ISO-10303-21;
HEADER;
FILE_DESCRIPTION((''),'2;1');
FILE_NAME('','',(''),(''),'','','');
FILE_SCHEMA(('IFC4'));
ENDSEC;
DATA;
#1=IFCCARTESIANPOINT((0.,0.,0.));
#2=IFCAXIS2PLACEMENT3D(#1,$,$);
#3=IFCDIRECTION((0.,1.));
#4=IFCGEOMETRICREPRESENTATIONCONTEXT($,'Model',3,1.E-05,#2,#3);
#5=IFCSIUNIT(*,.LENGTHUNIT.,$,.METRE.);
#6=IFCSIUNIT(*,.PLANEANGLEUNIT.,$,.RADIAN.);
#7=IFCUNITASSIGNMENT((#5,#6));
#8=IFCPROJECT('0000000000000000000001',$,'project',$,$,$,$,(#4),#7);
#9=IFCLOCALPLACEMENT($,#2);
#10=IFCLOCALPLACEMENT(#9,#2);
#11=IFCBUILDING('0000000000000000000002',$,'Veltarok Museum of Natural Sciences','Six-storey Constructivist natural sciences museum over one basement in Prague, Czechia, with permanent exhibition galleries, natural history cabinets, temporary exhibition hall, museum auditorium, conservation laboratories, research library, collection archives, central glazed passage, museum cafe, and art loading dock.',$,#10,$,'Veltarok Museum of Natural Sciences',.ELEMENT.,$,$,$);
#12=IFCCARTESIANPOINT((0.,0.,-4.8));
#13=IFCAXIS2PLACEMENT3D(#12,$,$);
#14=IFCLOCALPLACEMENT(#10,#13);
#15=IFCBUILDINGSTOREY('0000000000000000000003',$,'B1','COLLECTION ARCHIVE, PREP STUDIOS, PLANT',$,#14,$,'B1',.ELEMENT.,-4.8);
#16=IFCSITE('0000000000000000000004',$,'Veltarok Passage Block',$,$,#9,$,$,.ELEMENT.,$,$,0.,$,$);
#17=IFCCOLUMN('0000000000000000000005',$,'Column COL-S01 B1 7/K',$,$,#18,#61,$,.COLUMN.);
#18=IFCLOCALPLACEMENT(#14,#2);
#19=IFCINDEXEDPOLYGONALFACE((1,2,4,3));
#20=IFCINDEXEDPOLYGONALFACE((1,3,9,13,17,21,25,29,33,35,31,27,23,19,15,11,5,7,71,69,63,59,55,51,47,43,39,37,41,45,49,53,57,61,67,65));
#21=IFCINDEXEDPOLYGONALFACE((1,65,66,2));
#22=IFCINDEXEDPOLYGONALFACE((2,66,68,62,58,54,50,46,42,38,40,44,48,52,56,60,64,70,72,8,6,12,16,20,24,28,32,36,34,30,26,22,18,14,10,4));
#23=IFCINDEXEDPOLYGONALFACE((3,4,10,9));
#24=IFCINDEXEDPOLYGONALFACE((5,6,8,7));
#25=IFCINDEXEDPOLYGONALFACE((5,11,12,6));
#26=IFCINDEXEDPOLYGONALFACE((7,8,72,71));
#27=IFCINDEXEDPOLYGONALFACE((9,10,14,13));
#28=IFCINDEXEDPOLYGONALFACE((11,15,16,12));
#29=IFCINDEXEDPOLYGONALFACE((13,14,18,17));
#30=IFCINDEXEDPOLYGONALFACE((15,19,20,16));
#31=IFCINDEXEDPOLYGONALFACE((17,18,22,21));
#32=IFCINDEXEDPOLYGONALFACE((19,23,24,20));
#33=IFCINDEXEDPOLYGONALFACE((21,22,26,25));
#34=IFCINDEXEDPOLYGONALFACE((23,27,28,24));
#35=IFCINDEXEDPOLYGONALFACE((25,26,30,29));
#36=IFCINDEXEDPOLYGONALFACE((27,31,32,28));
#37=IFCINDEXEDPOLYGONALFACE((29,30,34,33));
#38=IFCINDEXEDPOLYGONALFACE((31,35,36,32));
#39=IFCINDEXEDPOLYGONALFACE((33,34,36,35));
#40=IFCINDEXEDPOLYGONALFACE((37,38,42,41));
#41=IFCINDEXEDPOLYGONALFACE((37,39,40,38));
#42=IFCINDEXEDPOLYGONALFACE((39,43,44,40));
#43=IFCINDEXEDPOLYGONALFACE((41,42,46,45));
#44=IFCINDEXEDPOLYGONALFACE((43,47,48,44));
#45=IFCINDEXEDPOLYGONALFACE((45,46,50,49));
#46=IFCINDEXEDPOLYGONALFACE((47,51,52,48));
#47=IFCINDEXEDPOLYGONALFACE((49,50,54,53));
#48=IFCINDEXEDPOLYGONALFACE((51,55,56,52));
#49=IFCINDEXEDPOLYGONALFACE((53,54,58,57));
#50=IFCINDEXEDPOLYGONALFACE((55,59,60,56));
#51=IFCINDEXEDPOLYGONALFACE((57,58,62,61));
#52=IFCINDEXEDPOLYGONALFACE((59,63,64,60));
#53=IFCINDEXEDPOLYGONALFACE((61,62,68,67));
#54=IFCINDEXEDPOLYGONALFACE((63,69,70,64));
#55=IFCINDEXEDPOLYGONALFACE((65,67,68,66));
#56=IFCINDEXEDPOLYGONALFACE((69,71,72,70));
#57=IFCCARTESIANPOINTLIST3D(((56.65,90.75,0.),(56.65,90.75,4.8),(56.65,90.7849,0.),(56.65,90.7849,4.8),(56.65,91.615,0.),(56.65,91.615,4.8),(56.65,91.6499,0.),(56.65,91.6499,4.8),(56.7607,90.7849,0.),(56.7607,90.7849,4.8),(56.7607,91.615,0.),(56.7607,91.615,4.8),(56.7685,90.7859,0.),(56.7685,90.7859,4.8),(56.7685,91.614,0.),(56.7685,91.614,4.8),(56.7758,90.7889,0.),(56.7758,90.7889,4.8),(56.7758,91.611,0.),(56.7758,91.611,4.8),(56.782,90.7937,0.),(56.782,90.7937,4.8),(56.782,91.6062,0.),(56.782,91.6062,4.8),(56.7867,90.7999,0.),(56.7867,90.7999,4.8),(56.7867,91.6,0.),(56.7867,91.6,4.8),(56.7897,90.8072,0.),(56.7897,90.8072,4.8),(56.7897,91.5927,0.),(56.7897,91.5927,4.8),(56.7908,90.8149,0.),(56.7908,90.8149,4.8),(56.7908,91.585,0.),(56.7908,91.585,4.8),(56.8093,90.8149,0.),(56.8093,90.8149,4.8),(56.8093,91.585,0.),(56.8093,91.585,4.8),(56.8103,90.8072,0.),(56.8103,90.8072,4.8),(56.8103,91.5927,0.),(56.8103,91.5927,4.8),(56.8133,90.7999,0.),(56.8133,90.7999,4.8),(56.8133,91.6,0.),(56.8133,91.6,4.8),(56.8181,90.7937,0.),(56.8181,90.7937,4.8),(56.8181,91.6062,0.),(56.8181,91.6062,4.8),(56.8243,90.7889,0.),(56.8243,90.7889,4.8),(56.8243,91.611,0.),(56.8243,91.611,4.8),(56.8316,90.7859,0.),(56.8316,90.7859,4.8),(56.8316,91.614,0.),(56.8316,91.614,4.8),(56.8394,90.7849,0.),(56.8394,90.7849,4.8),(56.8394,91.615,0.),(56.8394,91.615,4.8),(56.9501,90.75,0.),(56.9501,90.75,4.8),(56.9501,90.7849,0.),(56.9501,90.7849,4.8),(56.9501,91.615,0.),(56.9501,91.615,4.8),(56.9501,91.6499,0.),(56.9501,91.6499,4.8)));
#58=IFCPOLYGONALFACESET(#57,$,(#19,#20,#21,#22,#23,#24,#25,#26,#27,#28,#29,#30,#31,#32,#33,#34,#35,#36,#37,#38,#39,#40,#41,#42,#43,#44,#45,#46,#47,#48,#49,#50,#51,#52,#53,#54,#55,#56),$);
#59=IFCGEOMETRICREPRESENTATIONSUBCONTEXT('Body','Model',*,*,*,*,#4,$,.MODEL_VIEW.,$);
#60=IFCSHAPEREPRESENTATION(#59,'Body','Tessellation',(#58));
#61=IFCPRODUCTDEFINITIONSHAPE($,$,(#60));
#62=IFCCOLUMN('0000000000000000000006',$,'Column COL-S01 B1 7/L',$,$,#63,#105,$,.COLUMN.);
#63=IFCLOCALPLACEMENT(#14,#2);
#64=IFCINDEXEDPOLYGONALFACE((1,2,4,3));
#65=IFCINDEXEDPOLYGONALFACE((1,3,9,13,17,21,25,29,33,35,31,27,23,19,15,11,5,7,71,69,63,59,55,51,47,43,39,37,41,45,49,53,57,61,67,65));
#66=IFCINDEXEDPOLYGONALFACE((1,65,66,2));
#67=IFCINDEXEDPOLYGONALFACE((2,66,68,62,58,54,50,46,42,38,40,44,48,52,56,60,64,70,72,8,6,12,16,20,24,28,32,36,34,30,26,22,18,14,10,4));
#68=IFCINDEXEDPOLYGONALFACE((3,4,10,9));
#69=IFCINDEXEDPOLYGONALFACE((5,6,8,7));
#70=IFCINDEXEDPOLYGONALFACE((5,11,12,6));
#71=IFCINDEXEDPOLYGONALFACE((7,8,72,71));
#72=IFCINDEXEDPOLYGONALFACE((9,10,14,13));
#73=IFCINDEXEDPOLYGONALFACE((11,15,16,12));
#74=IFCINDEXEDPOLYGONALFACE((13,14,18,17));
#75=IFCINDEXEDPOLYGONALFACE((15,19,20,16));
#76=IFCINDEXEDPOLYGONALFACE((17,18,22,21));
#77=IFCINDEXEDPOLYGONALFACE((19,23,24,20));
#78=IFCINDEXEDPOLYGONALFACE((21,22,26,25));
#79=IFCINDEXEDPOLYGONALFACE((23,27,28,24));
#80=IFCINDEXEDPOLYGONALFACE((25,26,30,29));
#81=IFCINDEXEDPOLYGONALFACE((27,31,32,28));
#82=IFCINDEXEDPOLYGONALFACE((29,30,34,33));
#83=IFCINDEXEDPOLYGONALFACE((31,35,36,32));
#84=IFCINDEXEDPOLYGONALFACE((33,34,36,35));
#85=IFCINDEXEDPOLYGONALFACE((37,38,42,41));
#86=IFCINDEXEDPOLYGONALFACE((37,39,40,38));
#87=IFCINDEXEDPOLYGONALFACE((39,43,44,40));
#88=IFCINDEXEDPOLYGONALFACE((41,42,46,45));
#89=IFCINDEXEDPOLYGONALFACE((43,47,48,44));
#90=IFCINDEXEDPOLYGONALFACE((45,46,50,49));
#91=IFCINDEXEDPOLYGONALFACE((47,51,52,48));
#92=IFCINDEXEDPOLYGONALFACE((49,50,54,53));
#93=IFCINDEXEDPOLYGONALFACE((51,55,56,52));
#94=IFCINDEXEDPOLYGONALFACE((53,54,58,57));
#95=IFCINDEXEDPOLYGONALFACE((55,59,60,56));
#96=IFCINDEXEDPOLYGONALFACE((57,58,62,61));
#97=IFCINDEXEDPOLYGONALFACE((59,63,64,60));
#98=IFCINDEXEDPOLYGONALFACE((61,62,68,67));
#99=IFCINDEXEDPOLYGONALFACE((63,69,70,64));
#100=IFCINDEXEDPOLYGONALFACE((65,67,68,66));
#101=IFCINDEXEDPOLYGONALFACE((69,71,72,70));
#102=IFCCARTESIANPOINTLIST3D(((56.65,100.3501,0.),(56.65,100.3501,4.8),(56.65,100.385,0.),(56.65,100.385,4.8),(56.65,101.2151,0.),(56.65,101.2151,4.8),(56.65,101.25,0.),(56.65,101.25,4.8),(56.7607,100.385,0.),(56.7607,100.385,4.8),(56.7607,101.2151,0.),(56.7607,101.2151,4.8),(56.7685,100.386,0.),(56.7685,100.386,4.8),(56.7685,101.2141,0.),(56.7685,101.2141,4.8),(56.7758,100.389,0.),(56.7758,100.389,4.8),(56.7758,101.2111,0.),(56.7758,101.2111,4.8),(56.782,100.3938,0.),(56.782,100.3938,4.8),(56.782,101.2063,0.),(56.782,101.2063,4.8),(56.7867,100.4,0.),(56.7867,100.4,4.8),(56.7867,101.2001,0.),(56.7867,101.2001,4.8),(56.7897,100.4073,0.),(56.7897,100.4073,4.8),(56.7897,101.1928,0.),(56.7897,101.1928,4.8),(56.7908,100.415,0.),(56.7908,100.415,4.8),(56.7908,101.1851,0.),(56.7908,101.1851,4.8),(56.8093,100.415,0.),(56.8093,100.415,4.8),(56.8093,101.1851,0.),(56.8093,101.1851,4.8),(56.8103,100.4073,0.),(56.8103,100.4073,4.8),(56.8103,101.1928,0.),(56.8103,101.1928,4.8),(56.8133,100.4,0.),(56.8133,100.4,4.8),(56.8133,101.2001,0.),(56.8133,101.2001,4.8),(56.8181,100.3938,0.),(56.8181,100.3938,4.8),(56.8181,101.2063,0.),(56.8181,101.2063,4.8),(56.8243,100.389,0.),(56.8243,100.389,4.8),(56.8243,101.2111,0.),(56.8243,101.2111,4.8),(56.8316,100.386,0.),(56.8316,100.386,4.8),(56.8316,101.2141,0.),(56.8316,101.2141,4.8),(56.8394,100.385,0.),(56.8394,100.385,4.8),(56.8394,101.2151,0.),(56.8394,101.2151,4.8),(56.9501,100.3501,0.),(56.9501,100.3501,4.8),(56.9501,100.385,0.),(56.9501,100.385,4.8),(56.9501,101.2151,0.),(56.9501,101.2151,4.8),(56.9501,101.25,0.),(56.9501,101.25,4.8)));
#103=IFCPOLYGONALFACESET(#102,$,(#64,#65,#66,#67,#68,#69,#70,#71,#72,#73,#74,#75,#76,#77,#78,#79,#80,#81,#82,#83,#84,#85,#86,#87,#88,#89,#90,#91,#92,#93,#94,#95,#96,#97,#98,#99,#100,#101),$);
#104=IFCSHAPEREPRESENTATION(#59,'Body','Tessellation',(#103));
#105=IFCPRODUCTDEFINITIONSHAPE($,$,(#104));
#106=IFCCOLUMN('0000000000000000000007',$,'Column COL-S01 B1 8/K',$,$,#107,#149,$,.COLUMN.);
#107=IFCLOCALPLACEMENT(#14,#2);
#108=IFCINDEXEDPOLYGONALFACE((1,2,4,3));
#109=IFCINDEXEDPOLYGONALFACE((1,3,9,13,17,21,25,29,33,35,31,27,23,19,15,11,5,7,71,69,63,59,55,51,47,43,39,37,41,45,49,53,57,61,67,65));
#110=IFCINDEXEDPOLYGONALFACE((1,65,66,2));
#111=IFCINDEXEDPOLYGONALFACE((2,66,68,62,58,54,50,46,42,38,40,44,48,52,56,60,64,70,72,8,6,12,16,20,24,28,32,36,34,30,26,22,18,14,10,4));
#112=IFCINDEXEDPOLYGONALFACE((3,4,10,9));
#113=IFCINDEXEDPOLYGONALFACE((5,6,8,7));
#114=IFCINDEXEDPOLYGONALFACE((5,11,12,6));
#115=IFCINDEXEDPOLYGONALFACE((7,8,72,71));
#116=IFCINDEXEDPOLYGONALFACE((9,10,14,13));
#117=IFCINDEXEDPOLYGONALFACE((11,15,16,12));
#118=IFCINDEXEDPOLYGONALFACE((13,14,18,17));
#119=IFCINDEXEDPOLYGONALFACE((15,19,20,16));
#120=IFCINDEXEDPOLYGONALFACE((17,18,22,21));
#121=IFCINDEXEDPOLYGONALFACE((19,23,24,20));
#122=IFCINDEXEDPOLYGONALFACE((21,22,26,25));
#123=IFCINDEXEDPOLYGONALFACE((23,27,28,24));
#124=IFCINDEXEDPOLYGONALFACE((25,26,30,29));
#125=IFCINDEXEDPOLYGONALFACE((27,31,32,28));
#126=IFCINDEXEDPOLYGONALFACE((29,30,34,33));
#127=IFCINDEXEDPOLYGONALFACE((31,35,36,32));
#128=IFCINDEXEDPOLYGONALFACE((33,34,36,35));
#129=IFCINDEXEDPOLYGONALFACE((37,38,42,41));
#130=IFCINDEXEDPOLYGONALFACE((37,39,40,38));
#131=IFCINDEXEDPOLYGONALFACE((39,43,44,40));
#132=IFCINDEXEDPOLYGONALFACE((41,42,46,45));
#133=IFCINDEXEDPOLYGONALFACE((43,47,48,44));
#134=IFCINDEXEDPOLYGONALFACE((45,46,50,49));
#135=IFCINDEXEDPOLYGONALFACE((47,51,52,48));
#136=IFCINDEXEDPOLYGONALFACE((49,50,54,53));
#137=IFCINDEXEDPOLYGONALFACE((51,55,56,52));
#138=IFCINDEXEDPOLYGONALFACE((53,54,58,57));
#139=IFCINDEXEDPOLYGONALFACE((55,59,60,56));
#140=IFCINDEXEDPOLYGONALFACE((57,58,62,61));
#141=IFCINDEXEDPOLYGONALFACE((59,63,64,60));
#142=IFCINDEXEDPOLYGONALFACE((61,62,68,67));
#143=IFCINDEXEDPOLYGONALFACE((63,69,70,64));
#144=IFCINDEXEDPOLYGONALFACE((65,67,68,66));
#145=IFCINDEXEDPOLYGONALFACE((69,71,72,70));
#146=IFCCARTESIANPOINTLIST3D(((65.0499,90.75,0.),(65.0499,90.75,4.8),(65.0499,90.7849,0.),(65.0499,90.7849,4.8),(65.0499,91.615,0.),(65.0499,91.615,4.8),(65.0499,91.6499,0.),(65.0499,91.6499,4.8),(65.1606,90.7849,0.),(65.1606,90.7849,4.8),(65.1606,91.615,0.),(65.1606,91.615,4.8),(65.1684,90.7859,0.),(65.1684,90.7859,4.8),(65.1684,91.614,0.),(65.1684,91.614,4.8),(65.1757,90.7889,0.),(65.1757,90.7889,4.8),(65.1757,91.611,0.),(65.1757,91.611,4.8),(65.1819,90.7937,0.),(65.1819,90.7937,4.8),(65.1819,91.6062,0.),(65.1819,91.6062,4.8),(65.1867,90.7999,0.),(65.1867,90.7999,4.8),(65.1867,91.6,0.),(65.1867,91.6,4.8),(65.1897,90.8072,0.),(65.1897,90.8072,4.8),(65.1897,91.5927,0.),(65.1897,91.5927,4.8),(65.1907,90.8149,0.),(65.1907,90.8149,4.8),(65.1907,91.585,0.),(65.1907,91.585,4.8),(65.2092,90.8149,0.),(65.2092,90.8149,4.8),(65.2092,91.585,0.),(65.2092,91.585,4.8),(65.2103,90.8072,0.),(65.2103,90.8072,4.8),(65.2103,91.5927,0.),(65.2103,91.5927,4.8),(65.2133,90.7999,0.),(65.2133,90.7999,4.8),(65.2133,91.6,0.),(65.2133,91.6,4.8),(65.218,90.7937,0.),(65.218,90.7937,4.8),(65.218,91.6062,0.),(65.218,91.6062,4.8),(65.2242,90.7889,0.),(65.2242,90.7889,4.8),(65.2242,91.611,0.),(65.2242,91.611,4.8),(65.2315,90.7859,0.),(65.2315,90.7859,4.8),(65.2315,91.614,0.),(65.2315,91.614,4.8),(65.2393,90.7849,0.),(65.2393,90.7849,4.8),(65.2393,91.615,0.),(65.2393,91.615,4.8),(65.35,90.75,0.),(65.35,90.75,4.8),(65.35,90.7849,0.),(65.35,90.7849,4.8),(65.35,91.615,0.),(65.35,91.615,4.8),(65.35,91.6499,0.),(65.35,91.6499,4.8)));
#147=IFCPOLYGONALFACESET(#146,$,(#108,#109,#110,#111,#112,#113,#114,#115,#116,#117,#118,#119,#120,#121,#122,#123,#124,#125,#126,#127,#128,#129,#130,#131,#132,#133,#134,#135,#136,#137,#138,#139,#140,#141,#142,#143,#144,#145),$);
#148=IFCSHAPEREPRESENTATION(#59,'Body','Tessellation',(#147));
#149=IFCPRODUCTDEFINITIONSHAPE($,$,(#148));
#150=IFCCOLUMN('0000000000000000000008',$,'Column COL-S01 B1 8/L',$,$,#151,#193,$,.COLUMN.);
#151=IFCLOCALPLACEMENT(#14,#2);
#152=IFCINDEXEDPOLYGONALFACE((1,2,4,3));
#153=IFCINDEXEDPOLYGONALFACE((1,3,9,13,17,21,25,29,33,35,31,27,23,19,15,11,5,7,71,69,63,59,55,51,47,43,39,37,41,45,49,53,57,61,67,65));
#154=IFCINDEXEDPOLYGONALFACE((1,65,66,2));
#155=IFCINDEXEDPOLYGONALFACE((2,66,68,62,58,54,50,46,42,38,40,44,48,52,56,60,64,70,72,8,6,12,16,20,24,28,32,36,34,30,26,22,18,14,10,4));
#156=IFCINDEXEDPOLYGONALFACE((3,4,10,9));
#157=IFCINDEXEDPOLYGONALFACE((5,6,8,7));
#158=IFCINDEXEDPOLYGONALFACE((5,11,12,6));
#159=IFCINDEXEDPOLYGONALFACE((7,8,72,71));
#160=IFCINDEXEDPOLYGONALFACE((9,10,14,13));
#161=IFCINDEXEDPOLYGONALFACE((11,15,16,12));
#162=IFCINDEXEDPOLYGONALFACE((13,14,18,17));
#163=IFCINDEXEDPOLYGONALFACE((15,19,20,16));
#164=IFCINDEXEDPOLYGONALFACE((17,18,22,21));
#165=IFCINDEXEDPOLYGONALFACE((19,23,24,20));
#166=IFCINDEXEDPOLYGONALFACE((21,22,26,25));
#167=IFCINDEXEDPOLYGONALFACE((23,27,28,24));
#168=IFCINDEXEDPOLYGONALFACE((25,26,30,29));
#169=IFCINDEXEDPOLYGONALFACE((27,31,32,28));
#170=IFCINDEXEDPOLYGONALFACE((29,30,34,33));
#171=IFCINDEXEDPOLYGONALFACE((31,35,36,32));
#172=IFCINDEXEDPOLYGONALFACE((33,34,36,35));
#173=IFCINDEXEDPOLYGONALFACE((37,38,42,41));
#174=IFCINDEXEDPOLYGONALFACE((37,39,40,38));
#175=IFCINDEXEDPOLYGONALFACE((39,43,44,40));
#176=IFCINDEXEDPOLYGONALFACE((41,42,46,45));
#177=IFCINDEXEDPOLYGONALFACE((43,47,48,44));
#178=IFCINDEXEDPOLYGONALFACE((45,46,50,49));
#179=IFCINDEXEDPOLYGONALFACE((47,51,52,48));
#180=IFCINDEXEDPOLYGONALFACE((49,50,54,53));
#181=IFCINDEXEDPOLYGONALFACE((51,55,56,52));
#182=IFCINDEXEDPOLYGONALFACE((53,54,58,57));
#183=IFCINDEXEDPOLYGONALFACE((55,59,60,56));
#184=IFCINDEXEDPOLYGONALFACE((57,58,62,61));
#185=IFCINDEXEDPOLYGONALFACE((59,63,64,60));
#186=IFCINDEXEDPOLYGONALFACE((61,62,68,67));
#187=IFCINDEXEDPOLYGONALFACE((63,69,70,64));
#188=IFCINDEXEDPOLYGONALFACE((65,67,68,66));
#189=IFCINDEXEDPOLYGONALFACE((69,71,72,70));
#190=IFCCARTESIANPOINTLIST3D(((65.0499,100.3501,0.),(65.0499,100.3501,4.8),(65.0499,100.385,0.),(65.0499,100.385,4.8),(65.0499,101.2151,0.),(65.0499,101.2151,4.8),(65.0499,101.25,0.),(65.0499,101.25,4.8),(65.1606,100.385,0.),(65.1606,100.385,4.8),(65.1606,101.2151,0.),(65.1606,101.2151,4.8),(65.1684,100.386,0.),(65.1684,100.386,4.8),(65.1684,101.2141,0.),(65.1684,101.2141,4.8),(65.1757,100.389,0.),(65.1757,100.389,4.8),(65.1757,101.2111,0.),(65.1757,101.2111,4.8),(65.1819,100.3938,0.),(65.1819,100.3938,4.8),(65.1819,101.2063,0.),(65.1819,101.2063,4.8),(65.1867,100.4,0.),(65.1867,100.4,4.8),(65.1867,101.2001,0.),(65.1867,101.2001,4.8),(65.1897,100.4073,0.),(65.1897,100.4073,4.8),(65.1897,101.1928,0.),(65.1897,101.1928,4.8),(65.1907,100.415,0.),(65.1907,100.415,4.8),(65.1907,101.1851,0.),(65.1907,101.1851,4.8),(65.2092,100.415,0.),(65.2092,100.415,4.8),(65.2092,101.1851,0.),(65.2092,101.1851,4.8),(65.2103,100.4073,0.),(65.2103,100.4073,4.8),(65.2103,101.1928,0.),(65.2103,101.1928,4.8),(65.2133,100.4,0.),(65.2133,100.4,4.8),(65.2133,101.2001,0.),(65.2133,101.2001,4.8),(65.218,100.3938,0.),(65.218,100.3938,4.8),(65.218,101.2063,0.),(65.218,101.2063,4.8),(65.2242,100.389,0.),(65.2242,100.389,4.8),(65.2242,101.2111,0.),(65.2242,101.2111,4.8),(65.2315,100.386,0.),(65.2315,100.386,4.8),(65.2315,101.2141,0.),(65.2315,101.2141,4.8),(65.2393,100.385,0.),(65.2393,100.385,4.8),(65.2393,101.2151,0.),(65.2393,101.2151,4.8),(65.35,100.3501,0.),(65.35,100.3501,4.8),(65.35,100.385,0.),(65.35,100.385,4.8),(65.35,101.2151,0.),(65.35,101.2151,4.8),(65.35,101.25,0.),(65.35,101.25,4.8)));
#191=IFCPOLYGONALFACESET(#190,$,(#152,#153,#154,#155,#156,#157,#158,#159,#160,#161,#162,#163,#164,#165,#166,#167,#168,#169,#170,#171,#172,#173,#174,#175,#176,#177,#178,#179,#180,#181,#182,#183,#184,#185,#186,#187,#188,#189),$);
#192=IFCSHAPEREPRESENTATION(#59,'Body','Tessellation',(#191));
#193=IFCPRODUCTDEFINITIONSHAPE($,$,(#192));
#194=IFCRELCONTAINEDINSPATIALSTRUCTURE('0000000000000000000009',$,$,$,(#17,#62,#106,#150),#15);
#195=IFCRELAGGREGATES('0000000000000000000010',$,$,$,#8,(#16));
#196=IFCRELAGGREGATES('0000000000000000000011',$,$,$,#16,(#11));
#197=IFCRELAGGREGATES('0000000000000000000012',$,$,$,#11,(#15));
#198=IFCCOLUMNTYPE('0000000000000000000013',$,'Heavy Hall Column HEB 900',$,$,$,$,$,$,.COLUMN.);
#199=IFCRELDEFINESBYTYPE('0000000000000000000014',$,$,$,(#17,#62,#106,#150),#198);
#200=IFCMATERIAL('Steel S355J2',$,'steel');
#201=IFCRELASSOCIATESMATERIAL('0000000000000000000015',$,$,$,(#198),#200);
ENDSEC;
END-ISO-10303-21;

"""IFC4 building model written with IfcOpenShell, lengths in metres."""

from ifc_helpers import new_model, si_unit, direction, frame, origin, origin_2d, place, context, subcontext, project, spatial, i_section, extrude, material, material_profile, profile_set, type_object, element, save


model = new_model("IFC4")

# Units and contexts
model_context = context("Model", 3, precision=1e-05, world=origin(), true_north=direction((0.0, 1.0)))
body_context = subcontext(model_context, "Body", "Model", "MODEL_VIEW")
ifc_project = project(units=[si_unit("LENGTHUNIT", "METRE"), si_unit("PLANEANGLEUNIT", "RADIAN")], contexts=[model_context])

# Site, building, storey
site_placement = place(None, origin())
site = spatial("IfcSite", under=ifc_project, at=site_placement, Name="Veltarok Passage Block", CompositionType="ELEMENT", RefElevation=0.0)
building_placement = place(site_placement, origin())
building = spatial("IfcBuilding", under=site, at=building_placement, Name="Veltarok Museum of Natural Sciences", Description="Six-storey Constructivist natural sciences museum over one basement in Prague, Czechia, with permanent exhibition galleries, natural history cabinets, temporary exhibition hall, museum auditorium, conservation laboratories, research library, collection archives, central glazed passage, museum cafe, and art loading dock.", LongName="Veltarok Museum of Natural Sciences", CompositionType="ELEMENT")
storey_placement = place(building_placement, frame((0.0, 0.0, -4.8)))
storey = spatial("IfcBuildingStorey", under=building, at=storey_placement, Name="B1", Description="COLLECTION ARCHIVE, PREP STUDIOS, PLANT", LongName="B1", CompositionType="ELEMENT", Elevation=-4.8)

# Columns
ifc_material_1 = material(Name="Steel S355J2", Category="steel")
ifc_material_profile_1 = material_profile(ifc_material_1, i_section(OverallWidth=0.3, OverallDepth=0.8999, WebThickness=0.0186, FlangeThickness=0.0349, FilletRadius=0.03, at=origin_2d()), Name="HEB 900")
ifc_profile_set_1 = profile_set([ifc_material_profile_1], Name="Steel S355J2")
column_type = type_object("IfcColumnType", Name="Heavy Hall Column HEB 900", PredefinedType="COLUMN", material=ifc_profile_set_1)
for number, where, z_axis, x_axis, name in (
    (1, (56.8, 91.2, 0.0), (0.0, 0.0, 1.0), (1.0, 0.0, 0.0), "Column COL-S01 B1 7/K"),
    (2, (56.8, 100.8, 0.0), (0.0, 0.0, 1.0), (1.0, 0.0, 0.0), "Column COL-S01 B1 7/L"),
    (3, (65.2, 91.2, 0.0), (0.0, 0.0, 1.0), (1.0, 0.0, 0.0), "Column COL-S01 B1 8/K"),
    (4, (65.2, 100.8, 0.0), (0.0, 0.0, 1.0), (1.0, 0.0, 0.0), "Column COL-S01 B1 8/L"),
):
    element("IfcColumn", number, at=place(storey_placement, frame(where, z_axis=z_axis, x_axis=x_axis)), inside=storey, type_object=column_type, Name=name, PredefinedType="COLUMN", context=body_context, shape_type="SweptSolid", body=[
        extrude(i_section(OverallWidth=0.3, OverallDepth=0.8999, WebThickness=0.0186, FlangeThickness=0.0349, FilletRadius=0.03, at=origin_2d()), origin(), (0.0, 0.0, 1.0), 4.8),
    ])

save(model, "model.ifc")
